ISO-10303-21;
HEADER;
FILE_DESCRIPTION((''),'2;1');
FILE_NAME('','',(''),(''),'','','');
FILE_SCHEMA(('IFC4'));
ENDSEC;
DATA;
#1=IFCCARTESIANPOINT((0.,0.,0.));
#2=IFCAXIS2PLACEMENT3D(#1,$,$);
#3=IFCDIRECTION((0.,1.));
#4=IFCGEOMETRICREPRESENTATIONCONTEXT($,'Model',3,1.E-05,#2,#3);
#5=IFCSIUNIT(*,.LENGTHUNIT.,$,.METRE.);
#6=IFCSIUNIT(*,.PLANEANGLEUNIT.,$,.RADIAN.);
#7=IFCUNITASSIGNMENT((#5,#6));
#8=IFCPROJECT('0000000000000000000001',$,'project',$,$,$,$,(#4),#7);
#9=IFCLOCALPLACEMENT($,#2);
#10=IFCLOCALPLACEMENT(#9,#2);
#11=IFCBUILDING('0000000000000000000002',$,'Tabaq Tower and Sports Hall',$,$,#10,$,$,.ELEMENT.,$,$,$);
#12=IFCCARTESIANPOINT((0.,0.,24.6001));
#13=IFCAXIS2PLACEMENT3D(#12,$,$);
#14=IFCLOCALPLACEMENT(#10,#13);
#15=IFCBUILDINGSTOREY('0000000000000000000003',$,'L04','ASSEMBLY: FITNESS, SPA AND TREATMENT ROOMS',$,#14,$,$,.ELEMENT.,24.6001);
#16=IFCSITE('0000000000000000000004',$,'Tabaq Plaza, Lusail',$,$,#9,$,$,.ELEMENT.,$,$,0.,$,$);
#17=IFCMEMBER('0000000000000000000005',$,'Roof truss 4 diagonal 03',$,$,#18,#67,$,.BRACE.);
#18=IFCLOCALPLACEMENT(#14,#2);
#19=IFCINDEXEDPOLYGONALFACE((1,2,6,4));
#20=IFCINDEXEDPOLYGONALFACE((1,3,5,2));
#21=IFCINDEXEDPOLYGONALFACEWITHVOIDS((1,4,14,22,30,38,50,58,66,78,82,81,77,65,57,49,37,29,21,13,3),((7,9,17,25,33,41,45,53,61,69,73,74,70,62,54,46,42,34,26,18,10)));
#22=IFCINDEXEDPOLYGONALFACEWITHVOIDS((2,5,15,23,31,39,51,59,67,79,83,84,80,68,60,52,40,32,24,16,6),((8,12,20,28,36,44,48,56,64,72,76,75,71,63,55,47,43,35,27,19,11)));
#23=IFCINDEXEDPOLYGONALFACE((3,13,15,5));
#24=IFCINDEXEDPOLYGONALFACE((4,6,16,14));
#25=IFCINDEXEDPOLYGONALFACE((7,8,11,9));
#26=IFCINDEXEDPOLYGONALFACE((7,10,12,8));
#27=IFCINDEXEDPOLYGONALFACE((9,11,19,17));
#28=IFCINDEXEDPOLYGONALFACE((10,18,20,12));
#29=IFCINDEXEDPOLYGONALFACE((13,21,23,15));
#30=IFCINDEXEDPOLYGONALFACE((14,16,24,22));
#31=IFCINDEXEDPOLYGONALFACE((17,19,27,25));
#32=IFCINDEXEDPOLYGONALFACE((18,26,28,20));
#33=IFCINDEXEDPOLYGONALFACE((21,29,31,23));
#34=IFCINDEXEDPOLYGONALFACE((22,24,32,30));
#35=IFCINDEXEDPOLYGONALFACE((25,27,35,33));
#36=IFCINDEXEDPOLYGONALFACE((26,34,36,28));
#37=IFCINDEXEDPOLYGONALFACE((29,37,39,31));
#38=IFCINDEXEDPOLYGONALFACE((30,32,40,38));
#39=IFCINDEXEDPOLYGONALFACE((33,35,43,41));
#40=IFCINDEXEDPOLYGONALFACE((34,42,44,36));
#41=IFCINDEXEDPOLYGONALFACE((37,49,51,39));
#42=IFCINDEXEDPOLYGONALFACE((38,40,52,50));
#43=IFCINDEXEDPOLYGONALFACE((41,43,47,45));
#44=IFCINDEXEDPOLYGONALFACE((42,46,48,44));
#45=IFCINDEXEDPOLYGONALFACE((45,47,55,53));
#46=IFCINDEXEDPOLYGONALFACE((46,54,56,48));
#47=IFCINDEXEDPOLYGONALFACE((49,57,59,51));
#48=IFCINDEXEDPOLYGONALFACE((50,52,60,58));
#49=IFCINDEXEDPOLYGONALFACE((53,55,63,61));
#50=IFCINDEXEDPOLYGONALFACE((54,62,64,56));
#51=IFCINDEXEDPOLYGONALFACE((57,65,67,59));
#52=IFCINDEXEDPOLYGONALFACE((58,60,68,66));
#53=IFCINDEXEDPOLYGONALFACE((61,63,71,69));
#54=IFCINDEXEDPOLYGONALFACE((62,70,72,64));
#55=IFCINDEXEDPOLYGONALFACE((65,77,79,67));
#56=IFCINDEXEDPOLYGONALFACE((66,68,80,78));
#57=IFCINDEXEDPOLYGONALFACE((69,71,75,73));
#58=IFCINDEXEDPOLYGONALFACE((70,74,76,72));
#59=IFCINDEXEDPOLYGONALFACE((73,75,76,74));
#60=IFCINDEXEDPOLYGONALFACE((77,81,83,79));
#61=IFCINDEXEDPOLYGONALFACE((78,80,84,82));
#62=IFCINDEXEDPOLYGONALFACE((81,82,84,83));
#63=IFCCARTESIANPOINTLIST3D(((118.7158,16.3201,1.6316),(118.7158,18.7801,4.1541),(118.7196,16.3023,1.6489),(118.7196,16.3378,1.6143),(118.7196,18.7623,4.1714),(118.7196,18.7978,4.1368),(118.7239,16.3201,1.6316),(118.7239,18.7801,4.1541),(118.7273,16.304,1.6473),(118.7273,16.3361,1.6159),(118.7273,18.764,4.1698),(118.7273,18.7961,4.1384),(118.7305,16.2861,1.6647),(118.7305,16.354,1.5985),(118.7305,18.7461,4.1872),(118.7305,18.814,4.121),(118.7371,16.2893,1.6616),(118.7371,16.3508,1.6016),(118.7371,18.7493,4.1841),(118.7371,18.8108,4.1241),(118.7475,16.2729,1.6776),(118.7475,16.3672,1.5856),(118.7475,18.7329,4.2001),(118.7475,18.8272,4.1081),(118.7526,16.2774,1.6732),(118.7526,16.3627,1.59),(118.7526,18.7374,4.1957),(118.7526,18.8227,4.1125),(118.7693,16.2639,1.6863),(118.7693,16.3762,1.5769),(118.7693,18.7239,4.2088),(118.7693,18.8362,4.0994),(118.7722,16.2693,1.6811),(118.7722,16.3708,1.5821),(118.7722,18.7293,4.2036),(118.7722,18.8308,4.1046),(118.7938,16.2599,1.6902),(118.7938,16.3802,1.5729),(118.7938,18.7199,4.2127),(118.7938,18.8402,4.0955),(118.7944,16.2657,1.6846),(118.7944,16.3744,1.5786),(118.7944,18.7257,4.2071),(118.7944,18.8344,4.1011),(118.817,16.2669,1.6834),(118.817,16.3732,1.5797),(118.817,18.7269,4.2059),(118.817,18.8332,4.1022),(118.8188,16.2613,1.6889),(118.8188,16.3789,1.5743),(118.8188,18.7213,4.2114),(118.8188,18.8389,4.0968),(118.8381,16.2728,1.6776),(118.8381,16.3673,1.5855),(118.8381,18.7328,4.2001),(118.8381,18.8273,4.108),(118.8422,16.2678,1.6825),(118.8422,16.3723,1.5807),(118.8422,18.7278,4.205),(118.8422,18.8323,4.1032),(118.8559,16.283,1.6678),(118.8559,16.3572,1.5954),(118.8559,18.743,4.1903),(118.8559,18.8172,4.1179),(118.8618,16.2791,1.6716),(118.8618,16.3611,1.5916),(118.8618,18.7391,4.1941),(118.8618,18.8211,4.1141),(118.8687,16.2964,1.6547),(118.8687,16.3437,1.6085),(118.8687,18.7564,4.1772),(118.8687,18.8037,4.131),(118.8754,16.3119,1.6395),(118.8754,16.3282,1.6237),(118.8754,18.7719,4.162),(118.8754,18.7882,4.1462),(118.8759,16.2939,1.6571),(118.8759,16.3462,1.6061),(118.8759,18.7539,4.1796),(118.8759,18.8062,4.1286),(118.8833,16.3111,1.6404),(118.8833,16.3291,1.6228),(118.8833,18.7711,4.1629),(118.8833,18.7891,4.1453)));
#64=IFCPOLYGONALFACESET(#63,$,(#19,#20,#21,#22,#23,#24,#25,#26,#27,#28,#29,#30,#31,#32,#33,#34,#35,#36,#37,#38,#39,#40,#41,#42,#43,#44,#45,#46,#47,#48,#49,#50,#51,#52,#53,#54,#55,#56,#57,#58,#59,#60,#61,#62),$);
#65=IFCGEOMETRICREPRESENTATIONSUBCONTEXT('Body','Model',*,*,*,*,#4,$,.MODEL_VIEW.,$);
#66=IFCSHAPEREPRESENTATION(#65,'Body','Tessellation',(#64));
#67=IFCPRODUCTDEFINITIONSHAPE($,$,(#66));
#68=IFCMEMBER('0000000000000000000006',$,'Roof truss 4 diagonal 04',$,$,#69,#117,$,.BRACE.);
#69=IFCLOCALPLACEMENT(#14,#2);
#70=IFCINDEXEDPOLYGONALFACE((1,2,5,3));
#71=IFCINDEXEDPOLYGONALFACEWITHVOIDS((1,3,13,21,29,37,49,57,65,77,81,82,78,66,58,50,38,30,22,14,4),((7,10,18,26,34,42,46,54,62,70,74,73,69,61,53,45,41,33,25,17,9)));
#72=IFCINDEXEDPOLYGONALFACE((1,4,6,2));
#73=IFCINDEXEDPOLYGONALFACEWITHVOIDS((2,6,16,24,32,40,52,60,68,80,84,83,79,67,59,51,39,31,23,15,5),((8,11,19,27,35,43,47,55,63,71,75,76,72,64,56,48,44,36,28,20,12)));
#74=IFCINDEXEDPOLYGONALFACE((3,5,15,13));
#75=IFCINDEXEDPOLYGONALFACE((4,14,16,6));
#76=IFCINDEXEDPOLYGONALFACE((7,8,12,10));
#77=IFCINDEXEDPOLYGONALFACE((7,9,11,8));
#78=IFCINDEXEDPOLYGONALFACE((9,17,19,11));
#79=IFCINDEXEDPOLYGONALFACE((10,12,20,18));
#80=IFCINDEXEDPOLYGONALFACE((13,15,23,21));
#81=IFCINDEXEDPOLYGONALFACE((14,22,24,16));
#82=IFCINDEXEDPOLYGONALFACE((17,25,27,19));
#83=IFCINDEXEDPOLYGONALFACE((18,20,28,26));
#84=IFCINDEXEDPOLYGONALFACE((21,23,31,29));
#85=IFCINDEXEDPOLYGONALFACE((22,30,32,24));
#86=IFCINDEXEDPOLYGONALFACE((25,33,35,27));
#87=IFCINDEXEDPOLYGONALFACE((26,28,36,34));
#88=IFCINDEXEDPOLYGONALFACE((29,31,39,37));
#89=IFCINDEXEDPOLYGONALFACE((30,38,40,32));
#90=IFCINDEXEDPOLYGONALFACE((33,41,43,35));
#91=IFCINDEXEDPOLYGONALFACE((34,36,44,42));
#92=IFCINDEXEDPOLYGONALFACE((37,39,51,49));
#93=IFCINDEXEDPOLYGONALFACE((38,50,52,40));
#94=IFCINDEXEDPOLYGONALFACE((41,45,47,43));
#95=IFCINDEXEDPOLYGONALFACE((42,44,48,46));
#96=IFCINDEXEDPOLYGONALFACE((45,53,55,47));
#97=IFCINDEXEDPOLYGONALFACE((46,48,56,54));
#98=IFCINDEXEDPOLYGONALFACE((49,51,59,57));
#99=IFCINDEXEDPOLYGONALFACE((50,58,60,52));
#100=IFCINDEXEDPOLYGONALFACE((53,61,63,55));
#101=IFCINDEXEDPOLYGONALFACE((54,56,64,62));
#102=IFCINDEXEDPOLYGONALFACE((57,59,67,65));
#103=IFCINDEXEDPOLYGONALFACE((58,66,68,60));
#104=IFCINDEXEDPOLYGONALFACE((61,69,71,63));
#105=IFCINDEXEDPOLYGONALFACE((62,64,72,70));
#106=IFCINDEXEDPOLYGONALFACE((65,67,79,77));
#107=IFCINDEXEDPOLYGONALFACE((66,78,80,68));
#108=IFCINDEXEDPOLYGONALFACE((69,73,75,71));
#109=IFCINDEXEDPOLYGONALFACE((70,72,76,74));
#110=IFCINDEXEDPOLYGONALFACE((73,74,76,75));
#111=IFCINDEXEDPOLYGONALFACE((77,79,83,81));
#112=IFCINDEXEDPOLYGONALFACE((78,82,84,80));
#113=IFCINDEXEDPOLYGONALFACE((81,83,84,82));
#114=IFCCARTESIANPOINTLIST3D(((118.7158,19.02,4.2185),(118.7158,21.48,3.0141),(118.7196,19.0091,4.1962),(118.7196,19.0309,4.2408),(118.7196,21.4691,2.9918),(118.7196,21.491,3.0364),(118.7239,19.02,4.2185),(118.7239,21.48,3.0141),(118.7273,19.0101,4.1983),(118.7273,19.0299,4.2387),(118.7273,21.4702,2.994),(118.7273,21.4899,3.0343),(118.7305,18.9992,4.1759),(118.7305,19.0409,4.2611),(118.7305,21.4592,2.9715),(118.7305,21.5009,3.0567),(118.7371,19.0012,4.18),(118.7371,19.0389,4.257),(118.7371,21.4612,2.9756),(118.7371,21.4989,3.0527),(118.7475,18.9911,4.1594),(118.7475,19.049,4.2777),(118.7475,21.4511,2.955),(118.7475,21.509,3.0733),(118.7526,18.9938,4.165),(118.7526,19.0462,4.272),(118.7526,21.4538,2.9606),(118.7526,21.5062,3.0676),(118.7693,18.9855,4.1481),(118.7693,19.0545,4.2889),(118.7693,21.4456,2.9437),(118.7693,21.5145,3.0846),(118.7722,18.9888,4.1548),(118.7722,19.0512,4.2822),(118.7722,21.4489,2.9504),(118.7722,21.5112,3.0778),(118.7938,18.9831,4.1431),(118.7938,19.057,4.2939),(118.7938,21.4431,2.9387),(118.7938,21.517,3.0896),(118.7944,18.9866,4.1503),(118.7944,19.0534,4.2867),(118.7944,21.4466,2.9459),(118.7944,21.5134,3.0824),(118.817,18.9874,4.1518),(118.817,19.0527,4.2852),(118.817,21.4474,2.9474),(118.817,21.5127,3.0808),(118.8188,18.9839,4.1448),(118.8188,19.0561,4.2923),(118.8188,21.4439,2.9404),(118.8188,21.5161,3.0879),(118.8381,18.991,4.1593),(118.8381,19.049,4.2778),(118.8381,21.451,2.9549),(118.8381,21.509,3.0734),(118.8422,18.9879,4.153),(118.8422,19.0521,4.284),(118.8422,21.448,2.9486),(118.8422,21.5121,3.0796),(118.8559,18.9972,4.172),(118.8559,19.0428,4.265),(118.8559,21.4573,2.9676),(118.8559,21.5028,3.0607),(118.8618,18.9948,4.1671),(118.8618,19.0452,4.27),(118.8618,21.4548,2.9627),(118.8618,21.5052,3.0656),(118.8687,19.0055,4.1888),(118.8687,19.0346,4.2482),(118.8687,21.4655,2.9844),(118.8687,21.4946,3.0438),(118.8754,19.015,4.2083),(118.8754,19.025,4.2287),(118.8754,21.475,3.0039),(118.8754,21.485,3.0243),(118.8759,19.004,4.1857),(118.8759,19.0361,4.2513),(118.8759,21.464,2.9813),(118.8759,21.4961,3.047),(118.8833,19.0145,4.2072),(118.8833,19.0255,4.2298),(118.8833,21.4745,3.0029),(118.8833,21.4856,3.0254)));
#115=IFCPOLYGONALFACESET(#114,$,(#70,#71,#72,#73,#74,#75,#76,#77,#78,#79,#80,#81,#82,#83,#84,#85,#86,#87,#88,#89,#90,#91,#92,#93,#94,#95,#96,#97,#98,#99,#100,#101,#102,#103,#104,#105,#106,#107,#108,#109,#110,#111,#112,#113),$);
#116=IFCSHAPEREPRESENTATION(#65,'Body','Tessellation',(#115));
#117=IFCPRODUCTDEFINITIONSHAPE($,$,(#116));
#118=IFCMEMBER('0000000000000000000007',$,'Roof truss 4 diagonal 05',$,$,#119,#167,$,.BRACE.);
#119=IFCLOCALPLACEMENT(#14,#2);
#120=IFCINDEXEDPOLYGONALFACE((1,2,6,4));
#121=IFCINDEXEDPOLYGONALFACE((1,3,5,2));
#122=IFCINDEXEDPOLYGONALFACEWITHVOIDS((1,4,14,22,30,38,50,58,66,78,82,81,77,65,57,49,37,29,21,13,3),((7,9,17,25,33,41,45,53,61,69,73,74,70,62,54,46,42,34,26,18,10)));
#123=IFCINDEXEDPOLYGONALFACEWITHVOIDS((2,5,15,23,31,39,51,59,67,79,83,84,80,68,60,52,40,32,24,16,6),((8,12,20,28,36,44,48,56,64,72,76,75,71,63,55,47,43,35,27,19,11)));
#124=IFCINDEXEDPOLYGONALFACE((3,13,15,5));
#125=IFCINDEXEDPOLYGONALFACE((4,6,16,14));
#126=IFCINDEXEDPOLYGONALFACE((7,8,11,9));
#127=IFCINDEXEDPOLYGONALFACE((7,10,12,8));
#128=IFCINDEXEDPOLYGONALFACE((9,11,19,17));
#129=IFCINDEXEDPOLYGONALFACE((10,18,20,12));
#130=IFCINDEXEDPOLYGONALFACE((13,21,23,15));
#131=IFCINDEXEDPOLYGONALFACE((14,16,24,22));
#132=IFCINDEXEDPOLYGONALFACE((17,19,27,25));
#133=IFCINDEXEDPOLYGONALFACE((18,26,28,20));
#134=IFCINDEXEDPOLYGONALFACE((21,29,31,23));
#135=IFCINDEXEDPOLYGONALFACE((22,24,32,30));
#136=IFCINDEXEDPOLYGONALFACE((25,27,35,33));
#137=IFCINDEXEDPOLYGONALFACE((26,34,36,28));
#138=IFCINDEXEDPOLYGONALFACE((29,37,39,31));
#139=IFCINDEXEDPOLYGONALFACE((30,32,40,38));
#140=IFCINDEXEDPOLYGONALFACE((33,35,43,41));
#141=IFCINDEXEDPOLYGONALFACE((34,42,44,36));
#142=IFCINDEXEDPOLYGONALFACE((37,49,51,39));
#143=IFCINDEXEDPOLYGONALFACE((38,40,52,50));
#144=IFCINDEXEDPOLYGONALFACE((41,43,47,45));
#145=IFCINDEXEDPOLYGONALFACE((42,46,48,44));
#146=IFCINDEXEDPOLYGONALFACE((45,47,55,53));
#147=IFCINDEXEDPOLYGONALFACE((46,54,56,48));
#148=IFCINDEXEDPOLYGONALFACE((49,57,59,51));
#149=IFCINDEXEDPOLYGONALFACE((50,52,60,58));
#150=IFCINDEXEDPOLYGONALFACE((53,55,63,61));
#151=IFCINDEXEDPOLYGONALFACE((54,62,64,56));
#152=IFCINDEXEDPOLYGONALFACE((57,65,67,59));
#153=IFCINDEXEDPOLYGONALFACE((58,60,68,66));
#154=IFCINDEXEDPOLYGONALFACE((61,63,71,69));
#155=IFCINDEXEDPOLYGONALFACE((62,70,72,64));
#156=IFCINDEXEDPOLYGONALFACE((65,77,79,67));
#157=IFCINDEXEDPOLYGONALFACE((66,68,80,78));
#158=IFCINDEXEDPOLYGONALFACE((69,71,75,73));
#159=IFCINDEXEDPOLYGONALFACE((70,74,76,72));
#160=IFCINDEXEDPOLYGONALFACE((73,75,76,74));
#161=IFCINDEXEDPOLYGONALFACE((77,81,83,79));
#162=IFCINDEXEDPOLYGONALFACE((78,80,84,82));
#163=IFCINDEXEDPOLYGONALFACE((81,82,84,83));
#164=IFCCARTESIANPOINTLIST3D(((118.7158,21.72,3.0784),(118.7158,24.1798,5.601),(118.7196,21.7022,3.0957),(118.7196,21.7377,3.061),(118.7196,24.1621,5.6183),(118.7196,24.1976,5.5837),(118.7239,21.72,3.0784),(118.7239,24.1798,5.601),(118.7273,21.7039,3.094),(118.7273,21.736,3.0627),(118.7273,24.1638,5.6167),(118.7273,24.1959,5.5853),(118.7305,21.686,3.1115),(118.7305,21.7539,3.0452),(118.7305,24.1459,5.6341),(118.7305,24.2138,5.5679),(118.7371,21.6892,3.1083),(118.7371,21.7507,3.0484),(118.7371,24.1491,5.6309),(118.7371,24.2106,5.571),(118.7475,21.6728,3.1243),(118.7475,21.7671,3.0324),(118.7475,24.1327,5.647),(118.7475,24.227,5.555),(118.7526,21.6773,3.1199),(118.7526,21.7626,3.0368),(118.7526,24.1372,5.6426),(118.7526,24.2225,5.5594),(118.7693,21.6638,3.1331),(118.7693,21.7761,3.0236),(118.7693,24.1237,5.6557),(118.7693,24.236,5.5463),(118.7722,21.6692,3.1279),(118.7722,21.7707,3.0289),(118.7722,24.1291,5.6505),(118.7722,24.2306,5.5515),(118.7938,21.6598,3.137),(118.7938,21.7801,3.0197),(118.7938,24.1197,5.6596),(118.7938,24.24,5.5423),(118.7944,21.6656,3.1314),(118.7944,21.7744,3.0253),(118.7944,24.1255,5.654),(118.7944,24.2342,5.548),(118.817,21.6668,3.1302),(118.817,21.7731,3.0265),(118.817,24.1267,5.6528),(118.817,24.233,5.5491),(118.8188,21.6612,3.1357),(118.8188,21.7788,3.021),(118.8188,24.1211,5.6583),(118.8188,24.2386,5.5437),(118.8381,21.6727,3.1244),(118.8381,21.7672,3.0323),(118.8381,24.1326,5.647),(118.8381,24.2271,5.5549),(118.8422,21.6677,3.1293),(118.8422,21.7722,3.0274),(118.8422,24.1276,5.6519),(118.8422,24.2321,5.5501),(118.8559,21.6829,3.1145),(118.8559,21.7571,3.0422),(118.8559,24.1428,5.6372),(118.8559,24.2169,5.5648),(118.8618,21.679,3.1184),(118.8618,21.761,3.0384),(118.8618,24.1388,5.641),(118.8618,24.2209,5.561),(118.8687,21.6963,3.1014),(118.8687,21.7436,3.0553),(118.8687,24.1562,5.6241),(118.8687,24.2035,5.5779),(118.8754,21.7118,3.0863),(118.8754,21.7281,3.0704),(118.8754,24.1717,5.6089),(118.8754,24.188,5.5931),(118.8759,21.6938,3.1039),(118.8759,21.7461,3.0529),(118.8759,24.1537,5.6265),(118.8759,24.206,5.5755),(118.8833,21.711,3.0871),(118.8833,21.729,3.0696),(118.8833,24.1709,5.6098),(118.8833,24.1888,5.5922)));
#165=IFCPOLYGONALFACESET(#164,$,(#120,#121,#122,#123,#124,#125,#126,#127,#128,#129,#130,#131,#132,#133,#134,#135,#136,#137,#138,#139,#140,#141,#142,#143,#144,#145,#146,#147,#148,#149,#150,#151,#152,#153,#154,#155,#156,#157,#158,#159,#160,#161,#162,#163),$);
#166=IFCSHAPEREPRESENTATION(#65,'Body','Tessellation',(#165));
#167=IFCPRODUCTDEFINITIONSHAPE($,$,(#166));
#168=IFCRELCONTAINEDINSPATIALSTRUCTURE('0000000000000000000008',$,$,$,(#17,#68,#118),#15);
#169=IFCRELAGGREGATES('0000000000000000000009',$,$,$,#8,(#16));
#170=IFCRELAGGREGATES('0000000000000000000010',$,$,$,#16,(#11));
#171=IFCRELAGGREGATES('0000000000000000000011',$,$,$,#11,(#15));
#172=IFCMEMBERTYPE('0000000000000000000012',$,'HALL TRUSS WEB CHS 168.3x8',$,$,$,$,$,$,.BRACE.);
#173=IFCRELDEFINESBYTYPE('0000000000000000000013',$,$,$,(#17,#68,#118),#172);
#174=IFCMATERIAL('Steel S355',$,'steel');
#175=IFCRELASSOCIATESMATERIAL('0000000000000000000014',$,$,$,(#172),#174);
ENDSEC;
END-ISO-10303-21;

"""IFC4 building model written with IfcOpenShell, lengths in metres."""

from ifc_helpers import new_model, si_unit, direction, frame, origin, origin_2d, place, context, subcontext, project, spatial, hollow_circle, extrude, material, material_profile, profile_set, type_object, element, save


model = new_model("IFC4")

# Units and contexts
model_context = context("Model", 3, precision=1e-05, world=origin(), true_north=direction((0.0, 1.0)))
body_context = subcontext(model_context, "Body", "Model", "MODEL_VIEW")
ifc_project = project(units=[si_unit("LENGTHUNIT", "METRE"), si_unit("PLANEANGLEUNIT", "RADIAN")], contexts=[model_context])

# Site, building, storey
site_placement = place(None, origin())
site = spatial("IfcSite", under=ifc_project, at=site_placement, Name="Tabaq Plaza, Lusail", CompositionType="ELEMENT", RefElevation=0.0)
building_placement = place(site_placement, origin())
building = spatial("IfcBuilding", under=site, at=building_placement, Name="Tabaq Tower and Sports Hall", CompositionType="ELEMENT")
storey_placement = place(building_placement, frame((0.0, 0.0, 24.6001)))
storey = spatial("IfcBuildingStorey", under=building, at=storey_placement, Name="L04", Description="ASSEMBLY: FITNESS, SPA AND TREATMENT ROOMS", CompositionType="ELEMENT", Elevation=24.6001)

# Members
ifc_material_1 = material(Name="Steel S355", Category="steel")
ifc_material_profile_1 = material_profile(ifc_material_1, hollow_circle(Radius=0.0842, WallThickness=0.0081, at=origin_2d()), Name="CHS 168.3x8")
ifc_profile_set_1 = profile_set([ifc_material_profile_1], Name="Steel S355")
member_type = type_object("IfcMemberType", Name="HALL TRUSS WEB CHS 168.3x8", PredefinedType="BRACE", material=ifc_profile_set_1)
member_1_placement = place(storey_placement, frame((118.8, 16.3201, 1.6316), z_axis=(0.0, 0.698182, 0.71592), x_axis=(-1.0, 0.0, 0.0)))
element("IfcMember", 1, at=member_1_placement, inside=storey, type_object=member_type, Name="Roof truss 4 diagonal 03", PredefinedType="BRACE", context=body_context, shape_type="SweptSolid", body=[
    extrude(hollow_circle(Radius=0.0842, WallThickness=0.0081, at=origin_2d()), origin(), (0.0, 0.0, 1.0), 3.5234),
])
member_2_placement = place(storey_placement, frame((118.8, 19.02, 4.2185), z_axis=(0.0, 0.89814, -0.43971), x_axis=(-1.0, 0.0, 0.0)))
element("IfcMember", 2, at=member_2_placement, inside=storey, type_object=member_type, Name="Roof truss 4 diagonal 04", PredefinedType="BRACE", context=body_context, shape_type="SweptSolid", body=[
    extrude(hollow_circle(Radius=0.0842, WallThickness=0.0081, at=origin_2d()), origin(), (0.0, 0.0, 1.0), 2.739),
])
member_3_placement = place(storey_placement, frame((118.8, 21.72, 3.0784), z_axis=(0.0, 0.698147, 0.715954), x_axis=(-1.0, 0.0, 0.0)))
element("IfcMember", 3, at=member_3_placement, inside=storey, type_object=member_type, Name="Roof truss 4 diagonal 05", PredefinedType="BRACE", context=body_context, shape_type="SweptSolid", body=[
    extrude(hollow_circle(Radius=0.0842, WallThickness=0.0081, at=origin_2d()), origin(), (0.0, 0.0, 1.0), 3.5234),
])

save(model, "model.ifc")
